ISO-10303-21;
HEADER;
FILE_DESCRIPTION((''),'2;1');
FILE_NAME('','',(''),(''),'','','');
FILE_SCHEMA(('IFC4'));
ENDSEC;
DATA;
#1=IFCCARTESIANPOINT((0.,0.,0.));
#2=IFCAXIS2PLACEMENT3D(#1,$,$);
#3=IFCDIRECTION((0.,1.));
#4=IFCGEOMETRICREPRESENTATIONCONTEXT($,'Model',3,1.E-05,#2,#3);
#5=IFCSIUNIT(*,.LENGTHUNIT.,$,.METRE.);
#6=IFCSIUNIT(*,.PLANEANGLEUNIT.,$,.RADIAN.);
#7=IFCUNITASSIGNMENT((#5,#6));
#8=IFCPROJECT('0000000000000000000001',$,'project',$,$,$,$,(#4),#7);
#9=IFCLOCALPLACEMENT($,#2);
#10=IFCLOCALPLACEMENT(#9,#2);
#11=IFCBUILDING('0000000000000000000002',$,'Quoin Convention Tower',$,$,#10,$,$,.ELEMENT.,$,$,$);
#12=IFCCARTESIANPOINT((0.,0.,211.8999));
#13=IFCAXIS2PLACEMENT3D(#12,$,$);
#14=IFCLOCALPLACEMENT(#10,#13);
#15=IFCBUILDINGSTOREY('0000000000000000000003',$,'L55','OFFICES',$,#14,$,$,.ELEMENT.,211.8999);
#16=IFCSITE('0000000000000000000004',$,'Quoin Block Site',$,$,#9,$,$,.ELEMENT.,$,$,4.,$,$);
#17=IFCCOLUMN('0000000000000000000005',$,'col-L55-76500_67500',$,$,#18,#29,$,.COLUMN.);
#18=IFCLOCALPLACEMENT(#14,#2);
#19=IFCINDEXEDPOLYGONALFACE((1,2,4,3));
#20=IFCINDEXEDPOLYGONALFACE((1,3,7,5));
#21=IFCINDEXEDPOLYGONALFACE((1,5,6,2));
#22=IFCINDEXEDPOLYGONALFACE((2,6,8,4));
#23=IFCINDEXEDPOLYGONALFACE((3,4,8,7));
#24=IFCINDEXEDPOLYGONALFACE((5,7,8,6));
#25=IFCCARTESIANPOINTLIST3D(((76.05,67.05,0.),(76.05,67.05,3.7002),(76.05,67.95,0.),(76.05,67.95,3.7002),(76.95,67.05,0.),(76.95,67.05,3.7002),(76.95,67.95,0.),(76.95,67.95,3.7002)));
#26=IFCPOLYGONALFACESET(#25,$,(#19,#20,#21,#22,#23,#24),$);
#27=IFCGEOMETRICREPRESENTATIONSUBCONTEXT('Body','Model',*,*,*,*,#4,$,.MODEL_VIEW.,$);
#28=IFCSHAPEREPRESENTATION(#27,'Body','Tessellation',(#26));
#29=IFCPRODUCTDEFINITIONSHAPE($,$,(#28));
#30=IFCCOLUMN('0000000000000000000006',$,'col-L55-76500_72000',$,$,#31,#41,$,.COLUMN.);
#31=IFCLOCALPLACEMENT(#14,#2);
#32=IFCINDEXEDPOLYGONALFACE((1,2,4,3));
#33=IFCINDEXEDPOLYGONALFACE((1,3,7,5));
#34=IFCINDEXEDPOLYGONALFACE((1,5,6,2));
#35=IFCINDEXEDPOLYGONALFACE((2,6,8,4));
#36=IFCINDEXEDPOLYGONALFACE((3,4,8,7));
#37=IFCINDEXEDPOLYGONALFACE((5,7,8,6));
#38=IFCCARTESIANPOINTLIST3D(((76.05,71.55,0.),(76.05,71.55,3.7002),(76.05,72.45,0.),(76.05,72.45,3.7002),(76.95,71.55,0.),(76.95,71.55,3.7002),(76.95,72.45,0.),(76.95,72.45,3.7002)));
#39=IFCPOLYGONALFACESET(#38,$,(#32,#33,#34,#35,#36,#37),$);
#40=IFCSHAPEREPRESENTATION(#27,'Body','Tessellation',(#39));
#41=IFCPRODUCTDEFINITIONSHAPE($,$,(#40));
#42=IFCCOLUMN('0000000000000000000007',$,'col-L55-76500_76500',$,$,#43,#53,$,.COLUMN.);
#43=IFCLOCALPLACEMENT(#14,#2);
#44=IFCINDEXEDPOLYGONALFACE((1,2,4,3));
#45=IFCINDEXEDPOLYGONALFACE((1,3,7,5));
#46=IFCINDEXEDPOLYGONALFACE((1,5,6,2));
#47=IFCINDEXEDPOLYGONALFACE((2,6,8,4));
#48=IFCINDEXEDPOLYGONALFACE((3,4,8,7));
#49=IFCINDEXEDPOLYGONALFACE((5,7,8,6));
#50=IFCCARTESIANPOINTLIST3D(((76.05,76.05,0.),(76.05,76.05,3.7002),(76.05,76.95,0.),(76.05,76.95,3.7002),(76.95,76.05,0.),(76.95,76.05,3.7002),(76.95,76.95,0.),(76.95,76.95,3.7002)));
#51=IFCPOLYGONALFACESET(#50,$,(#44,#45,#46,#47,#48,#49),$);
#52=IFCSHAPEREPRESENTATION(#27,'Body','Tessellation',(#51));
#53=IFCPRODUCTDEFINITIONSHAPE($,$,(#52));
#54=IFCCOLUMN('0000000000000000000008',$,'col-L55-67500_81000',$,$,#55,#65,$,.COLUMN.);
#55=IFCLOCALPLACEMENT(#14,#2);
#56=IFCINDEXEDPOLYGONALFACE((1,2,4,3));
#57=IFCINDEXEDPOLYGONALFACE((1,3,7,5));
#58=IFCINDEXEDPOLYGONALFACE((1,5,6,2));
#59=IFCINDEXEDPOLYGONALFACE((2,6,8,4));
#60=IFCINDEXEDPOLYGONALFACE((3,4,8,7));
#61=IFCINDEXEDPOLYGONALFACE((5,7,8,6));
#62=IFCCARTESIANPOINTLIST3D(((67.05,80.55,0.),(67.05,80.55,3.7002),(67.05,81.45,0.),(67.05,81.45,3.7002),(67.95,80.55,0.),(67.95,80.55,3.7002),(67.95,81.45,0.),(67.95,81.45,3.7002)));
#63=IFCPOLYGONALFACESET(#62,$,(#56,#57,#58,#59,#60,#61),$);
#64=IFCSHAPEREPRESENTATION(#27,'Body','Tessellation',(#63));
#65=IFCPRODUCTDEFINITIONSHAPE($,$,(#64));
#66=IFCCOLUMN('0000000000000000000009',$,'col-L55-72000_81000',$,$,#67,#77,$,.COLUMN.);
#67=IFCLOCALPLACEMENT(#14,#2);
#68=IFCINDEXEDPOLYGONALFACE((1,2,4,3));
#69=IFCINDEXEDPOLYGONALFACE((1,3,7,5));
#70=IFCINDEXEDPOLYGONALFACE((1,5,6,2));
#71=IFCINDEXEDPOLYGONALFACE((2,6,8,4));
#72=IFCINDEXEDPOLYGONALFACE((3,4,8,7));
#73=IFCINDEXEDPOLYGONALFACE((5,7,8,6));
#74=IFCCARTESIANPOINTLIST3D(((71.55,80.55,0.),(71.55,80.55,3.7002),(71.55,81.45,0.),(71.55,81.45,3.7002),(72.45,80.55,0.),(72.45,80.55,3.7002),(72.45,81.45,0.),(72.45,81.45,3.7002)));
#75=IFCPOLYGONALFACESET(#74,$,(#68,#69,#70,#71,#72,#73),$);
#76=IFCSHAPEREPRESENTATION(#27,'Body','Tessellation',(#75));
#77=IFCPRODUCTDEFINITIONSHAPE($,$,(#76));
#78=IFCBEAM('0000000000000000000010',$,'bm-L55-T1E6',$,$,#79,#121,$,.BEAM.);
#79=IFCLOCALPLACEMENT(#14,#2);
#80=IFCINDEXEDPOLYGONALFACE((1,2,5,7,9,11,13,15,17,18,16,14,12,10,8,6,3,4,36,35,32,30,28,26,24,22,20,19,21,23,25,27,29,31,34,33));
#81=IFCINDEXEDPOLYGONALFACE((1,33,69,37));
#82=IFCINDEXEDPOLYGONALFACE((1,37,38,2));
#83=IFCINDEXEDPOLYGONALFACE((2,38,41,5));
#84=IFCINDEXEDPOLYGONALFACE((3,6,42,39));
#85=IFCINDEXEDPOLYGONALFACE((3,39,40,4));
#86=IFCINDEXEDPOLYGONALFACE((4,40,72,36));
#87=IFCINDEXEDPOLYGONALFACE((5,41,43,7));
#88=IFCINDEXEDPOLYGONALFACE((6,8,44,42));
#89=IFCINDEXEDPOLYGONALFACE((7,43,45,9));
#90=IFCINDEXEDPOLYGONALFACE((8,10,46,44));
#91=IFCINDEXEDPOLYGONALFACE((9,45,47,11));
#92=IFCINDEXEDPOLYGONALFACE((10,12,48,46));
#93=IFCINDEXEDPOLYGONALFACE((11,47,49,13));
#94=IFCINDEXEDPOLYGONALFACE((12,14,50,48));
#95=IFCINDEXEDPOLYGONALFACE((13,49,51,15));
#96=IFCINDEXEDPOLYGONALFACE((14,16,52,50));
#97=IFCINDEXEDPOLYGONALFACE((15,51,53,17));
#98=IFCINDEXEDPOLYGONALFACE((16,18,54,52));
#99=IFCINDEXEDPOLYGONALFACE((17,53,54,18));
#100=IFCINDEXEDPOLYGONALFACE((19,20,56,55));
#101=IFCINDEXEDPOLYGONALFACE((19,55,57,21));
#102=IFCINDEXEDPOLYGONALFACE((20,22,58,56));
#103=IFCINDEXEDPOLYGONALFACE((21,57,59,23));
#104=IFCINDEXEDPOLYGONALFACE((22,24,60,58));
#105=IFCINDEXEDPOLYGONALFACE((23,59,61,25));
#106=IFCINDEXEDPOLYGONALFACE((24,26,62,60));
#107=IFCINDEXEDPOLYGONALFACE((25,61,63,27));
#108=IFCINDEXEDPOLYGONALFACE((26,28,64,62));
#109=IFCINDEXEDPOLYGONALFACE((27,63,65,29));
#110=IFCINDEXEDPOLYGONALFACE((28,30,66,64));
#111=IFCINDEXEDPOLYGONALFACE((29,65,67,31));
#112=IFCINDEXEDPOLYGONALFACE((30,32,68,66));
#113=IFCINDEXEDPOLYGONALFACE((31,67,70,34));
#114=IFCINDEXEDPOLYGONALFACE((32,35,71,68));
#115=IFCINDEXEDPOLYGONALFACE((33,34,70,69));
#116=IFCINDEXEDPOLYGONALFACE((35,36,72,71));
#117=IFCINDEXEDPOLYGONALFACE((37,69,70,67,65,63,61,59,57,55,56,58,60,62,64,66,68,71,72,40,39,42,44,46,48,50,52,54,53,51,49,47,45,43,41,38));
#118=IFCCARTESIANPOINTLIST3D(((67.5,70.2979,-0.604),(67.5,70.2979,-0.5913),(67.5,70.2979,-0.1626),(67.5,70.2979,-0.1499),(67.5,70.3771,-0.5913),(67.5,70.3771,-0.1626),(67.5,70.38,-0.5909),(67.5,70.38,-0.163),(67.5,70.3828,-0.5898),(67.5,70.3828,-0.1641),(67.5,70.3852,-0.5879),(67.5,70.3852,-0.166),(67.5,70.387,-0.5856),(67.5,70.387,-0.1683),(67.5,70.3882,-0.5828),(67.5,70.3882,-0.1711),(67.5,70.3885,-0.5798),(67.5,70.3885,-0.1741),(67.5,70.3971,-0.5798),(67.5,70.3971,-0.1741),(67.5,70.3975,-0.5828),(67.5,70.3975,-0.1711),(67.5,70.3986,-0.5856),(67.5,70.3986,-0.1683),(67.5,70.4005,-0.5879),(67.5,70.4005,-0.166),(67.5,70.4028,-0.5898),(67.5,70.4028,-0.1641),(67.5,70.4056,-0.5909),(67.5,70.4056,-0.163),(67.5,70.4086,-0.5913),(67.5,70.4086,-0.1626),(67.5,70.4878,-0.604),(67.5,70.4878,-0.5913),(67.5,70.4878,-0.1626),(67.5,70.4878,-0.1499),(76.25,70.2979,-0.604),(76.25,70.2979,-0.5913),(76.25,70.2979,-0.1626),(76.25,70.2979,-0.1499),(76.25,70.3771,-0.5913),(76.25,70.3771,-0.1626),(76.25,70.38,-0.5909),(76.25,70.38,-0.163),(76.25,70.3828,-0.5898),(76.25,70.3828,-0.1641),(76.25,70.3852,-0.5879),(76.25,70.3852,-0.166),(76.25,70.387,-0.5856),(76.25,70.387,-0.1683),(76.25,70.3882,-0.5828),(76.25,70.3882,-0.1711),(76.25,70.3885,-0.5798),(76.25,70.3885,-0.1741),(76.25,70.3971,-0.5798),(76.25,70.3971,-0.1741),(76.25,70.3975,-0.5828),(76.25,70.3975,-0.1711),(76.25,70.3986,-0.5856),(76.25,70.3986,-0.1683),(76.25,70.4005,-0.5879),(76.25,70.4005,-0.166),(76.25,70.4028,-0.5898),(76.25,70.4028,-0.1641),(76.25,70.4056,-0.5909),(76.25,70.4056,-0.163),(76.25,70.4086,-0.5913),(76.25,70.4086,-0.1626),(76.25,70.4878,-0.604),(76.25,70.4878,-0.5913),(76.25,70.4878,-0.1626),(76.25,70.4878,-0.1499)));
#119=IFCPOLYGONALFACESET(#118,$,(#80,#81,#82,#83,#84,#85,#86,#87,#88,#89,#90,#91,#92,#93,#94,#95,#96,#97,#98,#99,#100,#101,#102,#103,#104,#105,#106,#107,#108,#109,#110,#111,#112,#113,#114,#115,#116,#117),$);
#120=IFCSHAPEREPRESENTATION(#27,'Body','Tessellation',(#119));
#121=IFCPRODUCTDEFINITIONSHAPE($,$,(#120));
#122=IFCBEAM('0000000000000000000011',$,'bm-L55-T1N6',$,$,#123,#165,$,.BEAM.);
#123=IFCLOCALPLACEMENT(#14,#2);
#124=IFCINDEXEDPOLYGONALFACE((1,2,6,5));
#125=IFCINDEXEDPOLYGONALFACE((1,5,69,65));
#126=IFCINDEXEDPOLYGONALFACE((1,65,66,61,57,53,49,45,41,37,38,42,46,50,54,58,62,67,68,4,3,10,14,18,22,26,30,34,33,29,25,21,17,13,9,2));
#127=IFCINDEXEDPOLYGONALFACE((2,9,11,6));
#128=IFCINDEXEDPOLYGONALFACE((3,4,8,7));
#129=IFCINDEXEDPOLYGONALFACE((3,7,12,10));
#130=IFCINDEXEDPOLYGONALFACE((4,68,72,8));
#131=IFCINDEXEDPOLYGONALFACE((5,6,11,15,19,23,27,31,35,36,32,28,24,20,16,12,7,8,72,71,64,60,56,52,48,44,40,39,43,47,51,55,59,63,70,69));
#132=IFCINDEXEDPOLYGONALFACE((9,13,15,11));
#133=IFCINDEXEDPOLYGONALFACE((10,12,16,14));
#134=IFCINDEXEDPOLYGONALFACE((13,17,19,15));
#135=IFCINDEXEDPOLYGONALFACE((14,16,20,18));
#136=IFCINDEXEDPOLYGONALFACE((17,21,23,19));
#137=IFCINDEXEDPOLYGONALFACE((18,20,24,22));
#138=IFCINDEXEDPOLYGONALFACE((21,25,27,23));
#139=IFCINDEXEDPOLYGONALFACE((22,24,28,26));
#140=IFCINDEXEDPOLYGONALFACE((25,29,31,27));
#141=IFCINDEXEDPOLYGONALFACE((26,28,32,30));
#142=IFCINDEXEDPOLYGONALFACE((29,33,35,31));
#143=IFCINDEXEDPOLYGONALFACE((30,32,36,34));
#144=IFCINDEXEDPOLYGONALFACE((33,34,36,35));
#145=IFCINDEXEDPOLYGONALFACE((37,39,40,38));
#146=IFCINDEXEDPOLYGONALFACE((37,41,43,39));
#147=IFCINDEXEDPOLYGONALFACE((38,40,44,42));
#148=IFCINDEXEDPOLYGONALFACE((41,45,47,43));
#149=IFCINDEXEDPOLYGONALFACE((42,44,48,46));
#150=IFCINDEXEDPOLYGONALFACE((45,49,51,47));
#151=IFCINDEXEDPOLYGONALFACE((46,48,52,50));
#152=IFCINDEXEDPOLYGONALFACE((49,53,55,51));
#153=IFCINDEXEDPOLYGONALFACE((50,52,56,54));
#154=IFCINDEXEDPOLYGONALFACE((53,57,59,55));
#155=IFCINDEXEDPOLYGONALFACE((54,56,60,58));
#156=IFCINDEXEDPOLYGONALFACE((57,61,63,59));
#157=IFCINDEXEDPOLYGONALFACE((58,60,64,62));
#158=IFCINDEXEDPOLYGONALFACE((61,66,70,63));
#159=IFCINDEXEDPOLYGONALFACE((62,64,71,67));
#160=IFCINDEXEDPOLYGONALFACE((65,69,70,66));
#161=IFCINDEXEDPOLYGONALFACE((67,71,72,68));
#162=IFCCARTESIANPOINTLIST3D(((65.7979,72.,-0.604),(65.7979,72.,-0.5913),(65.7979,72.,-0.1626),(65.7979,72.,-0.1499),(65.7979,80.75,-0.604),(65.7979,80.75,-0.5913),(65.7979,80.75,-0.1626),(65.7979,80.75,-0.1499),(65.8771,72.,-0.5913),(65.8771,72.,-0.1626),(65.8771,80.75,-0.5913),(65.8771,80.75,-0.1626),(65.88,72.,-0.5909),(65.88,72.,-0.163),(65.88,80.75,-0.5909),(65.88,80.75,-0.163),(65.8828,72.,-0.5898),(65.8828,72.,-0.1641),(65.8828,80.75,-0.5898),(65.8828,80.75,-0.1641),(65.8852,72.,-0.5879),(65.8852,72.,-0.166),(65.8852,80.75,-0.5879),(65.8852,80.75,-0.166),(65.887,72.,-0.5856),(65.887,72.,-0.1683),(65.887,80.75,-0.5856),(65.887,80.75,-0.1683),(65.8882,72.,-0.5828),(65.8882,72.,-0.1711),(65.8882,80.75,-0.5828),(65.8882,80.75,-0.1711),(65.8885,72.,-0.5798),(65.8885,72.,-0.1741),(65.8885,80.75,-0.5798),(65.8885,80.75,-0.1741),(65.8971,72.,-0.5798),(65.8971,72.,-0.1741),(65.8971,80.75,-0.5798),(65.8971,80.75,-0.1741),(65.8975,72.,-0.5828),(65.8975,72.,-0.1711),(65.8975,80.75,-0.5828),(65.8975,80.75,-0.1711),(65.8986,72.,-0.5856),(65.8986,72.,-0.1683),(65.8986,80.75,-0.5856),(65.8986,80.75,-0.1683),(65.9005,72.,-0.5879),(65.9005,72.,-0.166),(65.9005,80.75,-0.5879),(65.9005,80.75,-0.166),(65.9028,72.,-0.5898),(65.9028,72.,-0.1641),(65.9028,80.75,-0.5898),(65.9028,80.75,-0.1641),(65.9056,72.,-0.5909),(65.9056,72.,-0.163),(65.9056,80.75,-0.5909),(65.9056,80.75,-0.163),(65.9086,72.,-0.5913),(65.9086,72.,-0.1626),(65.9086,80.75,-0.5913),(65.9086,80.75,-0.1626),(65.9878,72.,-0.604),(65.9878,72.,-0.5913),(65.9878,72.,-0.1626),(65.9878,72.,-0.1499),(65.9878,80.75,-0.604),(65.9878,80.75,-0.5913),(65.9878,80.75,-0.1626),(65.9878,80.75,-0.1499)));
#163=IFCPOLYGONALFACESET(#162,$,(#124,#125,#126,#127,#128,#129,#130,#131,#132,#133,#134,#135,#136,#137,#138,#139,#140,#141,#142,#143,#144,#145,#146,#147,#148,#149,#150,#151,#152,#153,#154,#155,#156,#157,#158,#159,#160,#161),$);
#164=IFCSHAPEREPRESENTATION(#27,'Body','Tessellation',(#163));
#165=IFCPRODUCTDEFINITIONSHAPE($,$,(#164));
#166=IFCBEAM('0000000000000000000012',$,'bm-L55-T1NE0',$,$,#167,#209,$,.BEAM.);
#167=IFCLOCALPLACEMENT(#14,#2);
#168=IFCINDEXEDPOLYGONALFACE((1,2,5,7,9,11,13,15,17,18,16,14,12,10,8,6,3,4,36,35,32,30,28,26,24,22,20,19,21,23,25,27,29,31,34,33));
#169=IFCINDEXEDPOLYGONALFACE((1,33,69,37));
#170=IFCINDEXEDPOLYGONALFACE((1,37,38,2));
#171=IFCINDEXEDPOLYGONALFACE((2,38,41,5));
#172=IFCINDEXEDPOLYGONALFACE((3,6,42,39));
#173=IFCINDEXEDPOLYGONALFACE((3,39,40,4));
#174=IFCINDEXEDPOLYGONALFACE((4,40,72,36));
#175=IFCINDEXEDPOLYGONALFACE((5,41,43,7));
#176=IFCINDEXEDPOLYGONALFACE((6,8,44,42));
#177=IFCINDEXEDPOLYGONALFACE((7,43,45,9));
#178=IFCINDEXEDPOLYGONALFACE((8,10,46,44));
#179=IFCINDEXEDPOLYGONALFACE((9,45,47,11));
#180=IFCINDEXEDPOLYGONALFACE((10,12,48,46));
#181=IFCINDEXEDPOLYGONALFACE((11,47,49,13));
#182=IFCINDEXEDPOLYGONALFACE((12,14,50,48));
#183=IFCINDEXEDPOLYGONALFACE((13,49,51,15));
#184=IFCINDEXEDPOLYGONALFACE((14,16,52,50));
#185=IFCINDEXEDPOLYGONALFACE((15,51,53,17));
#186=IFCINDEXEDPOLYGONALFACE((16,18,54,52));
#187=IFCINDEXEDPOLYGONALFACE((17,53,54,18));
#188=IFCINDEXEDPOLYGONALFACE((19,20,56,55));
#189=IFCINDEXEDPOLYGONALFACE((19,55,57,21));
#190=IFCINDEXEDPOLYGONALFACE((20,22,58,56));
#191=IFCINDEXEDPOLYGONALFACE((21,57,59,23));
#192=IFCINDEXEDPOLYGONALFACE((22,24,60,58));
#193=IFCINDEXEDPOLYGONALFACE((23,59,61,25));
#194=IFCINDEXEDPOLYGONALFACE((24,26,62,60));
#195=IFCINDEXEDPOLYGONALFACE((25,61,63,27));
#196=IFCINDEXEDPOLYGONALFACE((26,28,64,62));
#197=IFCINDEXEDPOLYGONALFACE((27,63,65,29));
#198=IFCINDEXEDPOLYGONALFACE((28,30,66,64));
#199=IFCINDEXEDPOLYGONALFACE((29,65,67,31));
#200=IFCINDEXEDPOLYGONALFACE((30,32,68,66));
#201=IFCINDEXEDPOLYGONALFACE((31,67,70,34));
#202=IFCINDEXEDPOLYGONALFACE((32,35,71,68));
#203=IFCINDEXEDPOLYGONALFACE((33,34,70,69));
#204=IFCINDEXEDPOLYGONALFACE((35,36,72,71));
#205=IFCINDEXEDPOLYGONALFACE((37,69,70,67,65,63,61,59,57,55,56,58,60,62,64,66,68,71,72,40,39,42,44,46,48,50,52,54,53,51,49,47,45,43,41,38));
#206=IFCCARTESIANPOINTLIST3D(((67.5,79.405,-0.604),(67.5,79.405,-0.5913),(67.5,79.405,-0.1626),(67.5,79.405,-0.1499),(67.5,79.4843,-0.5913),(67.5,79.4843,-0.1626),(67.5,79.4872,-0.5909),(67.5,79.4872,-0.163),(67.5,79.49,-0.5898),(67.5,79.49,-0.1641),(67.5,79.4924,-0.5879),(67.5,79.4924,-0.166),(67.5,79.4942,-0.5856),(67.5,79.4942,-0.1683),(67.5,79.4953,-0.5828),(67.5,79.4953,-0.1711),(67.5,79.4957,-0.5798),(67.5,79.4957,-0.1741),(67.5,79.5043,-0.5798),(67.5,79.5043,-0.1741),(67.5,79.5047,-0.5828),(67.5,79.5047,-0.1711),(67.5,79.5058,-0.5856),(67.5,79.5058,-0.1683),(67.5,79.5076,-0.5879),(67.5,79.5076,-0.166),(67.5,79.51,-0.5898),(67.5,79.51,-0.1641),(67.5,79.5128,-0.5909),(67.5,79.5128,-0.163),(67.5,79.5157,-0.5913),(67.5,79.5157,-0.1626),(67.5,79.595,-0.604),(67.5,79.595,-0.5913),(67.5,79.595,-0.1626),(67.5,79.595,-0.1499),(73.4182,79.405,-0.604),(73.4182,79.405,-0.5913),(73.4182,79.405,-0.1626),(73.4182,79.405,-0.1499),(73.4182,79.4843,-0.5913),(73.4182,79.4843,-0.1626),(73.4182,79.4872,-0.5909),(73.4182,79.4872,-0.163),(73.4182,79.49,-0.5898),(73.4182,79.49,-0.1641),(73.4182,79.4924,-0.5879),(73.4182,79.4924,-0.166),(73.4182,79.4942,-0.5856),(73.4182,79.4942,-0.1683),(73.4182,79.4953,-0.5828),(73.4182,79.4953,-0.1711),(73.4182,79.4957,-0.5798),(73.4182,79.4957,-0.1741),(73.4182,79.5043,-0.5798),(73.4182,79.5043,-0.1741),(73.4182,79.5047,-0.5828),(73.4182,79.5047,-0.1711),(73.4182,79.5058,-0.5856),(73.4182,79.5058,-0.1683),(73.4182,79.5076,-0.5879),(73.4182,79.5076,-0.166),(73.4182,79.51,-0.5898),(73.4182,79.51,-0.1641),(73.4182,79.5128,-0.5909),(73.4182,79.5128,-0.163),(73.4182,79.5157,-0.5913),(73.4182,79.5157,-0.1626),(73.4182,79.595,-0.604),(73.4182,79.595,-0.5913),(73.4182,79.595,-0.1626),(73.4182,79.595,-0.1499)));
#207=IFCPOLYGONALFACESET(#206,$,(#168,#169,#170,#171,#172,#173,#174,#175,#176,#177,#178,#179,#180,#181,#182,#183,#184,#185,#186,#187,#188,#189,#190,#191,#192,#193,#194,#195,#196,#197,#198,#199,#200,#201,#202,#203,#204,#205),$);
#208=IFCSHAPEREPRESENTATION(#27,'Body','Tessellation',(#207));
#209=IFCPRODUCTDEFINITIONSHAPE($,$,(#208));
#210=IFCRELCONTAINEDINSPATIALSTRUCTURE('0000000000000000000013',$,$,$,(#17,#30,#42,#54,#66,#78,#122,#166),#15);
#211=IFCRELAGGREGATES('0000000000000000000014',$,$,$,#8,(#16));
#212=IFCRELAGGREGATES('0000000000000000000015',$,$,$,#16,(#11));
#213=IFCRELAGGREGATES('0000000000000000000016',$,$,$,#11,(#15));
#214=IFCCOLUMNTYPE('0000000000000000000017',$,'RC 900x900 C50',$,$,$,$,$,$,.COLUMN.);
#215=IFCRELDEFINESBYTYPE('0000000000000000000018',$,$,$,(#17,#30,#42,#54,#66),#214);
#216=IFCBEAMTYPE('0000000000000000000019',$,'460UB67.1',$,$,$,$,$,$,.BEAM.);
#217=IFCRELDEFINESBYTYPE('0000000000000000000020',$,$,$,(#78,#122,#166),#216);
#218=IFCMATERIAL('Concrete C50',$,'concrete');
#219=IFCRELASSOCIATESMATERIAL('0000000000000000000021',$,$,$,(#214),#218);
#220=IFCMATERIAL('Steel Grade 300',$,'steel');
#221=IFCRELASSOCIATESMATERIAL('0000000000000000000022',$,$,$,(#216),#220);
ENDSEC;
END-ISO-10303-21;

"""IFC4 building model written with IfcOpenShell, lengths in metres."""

from ifc_helpers import new_model, si_unit, direction, frame, origin, origin_2d, place, context, subcontext, project, spatial, rectangle, i_section, extrude, material, material_profile, profile_set, type_object, element, save


model = new_model("IFC4")

# Units and contexts
model_context = context("Model", 3, precision=1e-05, world=origin(), true_north=direction((0.0, 1.0)))
body_context = subcontext(model_context, "Body", "Model", "MODEL_VIEW")
ifc_project = project(units=[si_unit("LENGTHUNIT", "METRE"), si_unit("PLANEANGLEUNIT", "RADIAN")], contexts=[model_context])

# Site, building, storey
site_placement = place(None, origin())
site = spatial("IfcSite", under=ifc_project, at=site_placement, Name="Quoin Block Site", CompositionType="ELEMENT", RefElevation=4.0)
building_placement = place(site_placement, origin())
building = spatial("IfcBuilding", under=site, at=building_placement, Name="Quoin Convention Tower", CompositionType="ELEMENT")
storey_placement = place(building_placement, frame((0.0, 0.0, 211.8999)))
storey = spatial("IfcBuildingStorey", under=building, at=storey_placement, Name="L55", Description="OFFICES", CompositionType="ELEMENT", Elevation=211.8999)

# Columns
ifc_material_1 = material(Name="Concrete C50", Category="concrete")
ifc_material_profile_1 = material_profile(ifc_material_1, rectangle(XDim=0.8999, YDim=0.8999, at=origin_2d()), Name="RC 900x900")
ifc_profile_set_1 = profile_set([ifc_material_profile_1], Name="Concrete C50")
column_type = type_object("IfcColumnType", Name="RC 900x900 C50", PredefinedType="COLUMN", material=ifc_profile_set_1)
for number, where, z_axis, x_axis, name in (
    (1, (76.5, 67.5, 0.0), (0.0, 0.0, 1.0), (1.0, 0.0, 0.0), "col-L55-76500_67500"),
    (2, (76.5, 72.0, 0.0), (0.0, 0.0, 1.0), (1.0, 0.0, 0.0), "col-L55-76500_72000"),
    (3, (76.5, 76.5, 0.0), (0.0, 0.0, 1.0), (1.0, 0.0, 0.0), "col-L55-76500_76500"),
    (4, (67.5, 81.0, 0.0), (0.0, 0.0, 1.0), (1.0, 0.0, 0.0), "col-L55-67500_81000"),
    (5, (72.0, 81.0, 0.0), (0.0, 0.0, 1.0), (1.0, 0.0, 0.0), "col-L55-72000_81000"),
):
    element("IfcColumn", number, at=place(storey_placement, frame(where, z_axis=z_axis, x_axis=x_axis)), inside=storey, type_object=column_type, Name=name, PredefinedType="COLUMN", context=body_context, shape_type="SweptSolid", body=[
        extrude(rectangle(XDim=0.8999, YDim=0.8999, at=origin_2d()), origin(), (0.0, 0.0, 1.0), 3.7002),
    ])

# Beams
ifc_material_2 = material(Name="Steel Grade 300", Category="steel")
ifc_material_profile_2 = material_profile(ifc_material_2, i_section(OverallWidth=0.1899, OverallDepth=0.4541, WebThickness=0.0085, FlangeThickness=0.0127, FilletRadius=0.0115, at=origin_2d()), Name="460UB67.1")
ifc_profile_set_2 = profile_set([ifc_material_profile_2], Name="Steel Grade 300")
beam_type_1 = type_object("IfcBeamType", Name="460UB67.1", PredefinedType="BEAM", material=ifc_profile_set_2)
for number, where, z_axis, x_axis, name in (
    (6, (67.5, 70.3928, -0.377), (1.0, 0.0, 0.0), (0.0, 1.0, 0.0), "bm-L55-T1E6"),
    (7, (65.8928, 72.0, -0.377), (0.0, 1.0, 0.0), (-1.0, 0.0, 0.0), "bm-L55-T1N6"),
):
    element("IfcBeam", number, at=place(storey_placement, frame(where, z_axis=z_axis, x_axis=x_axis)), inside=storey, type_object=beam_type_1, Name=name, PredefinedType="BEAM", context=body_context, shape_type="SweptSolid", body=[
        extrude(i_section(OverallWidth=0.1899, OverallDepth=0.4541, WebThickness=0.0085, FlangeThickness=0.0127, FilletRadius=0.0115, at=origin_2d()), origin(), (0.0, 0.0, 1.0), 8.75),
    ])
beam_1_placement = place(storey_placement, frame((67.5, 79.5, -0.377), z_axis=(1.0, 0.0, 0.0), x_axis=(0.0, 1.0, 0.0)))
element("IfcBeam", 8, at=beam_1_placement, inside=storey, type_object=beam_type_1, Name="bm-L55-T1NE0", PredefinedType="BEAM", context=body_context, shape_type="SweptSolid", body=[
    extrude(i_section(OverallWidth=0.1899, OverallDepth=0.4541, WebThickness=0.0085, FlangeThickness=0.0127, FilletRadius=0.0115, at=origin_2d()), origin(), (0.0, 0.0, 1.0), 5.9182),
])

save(model, "model.ifc")
